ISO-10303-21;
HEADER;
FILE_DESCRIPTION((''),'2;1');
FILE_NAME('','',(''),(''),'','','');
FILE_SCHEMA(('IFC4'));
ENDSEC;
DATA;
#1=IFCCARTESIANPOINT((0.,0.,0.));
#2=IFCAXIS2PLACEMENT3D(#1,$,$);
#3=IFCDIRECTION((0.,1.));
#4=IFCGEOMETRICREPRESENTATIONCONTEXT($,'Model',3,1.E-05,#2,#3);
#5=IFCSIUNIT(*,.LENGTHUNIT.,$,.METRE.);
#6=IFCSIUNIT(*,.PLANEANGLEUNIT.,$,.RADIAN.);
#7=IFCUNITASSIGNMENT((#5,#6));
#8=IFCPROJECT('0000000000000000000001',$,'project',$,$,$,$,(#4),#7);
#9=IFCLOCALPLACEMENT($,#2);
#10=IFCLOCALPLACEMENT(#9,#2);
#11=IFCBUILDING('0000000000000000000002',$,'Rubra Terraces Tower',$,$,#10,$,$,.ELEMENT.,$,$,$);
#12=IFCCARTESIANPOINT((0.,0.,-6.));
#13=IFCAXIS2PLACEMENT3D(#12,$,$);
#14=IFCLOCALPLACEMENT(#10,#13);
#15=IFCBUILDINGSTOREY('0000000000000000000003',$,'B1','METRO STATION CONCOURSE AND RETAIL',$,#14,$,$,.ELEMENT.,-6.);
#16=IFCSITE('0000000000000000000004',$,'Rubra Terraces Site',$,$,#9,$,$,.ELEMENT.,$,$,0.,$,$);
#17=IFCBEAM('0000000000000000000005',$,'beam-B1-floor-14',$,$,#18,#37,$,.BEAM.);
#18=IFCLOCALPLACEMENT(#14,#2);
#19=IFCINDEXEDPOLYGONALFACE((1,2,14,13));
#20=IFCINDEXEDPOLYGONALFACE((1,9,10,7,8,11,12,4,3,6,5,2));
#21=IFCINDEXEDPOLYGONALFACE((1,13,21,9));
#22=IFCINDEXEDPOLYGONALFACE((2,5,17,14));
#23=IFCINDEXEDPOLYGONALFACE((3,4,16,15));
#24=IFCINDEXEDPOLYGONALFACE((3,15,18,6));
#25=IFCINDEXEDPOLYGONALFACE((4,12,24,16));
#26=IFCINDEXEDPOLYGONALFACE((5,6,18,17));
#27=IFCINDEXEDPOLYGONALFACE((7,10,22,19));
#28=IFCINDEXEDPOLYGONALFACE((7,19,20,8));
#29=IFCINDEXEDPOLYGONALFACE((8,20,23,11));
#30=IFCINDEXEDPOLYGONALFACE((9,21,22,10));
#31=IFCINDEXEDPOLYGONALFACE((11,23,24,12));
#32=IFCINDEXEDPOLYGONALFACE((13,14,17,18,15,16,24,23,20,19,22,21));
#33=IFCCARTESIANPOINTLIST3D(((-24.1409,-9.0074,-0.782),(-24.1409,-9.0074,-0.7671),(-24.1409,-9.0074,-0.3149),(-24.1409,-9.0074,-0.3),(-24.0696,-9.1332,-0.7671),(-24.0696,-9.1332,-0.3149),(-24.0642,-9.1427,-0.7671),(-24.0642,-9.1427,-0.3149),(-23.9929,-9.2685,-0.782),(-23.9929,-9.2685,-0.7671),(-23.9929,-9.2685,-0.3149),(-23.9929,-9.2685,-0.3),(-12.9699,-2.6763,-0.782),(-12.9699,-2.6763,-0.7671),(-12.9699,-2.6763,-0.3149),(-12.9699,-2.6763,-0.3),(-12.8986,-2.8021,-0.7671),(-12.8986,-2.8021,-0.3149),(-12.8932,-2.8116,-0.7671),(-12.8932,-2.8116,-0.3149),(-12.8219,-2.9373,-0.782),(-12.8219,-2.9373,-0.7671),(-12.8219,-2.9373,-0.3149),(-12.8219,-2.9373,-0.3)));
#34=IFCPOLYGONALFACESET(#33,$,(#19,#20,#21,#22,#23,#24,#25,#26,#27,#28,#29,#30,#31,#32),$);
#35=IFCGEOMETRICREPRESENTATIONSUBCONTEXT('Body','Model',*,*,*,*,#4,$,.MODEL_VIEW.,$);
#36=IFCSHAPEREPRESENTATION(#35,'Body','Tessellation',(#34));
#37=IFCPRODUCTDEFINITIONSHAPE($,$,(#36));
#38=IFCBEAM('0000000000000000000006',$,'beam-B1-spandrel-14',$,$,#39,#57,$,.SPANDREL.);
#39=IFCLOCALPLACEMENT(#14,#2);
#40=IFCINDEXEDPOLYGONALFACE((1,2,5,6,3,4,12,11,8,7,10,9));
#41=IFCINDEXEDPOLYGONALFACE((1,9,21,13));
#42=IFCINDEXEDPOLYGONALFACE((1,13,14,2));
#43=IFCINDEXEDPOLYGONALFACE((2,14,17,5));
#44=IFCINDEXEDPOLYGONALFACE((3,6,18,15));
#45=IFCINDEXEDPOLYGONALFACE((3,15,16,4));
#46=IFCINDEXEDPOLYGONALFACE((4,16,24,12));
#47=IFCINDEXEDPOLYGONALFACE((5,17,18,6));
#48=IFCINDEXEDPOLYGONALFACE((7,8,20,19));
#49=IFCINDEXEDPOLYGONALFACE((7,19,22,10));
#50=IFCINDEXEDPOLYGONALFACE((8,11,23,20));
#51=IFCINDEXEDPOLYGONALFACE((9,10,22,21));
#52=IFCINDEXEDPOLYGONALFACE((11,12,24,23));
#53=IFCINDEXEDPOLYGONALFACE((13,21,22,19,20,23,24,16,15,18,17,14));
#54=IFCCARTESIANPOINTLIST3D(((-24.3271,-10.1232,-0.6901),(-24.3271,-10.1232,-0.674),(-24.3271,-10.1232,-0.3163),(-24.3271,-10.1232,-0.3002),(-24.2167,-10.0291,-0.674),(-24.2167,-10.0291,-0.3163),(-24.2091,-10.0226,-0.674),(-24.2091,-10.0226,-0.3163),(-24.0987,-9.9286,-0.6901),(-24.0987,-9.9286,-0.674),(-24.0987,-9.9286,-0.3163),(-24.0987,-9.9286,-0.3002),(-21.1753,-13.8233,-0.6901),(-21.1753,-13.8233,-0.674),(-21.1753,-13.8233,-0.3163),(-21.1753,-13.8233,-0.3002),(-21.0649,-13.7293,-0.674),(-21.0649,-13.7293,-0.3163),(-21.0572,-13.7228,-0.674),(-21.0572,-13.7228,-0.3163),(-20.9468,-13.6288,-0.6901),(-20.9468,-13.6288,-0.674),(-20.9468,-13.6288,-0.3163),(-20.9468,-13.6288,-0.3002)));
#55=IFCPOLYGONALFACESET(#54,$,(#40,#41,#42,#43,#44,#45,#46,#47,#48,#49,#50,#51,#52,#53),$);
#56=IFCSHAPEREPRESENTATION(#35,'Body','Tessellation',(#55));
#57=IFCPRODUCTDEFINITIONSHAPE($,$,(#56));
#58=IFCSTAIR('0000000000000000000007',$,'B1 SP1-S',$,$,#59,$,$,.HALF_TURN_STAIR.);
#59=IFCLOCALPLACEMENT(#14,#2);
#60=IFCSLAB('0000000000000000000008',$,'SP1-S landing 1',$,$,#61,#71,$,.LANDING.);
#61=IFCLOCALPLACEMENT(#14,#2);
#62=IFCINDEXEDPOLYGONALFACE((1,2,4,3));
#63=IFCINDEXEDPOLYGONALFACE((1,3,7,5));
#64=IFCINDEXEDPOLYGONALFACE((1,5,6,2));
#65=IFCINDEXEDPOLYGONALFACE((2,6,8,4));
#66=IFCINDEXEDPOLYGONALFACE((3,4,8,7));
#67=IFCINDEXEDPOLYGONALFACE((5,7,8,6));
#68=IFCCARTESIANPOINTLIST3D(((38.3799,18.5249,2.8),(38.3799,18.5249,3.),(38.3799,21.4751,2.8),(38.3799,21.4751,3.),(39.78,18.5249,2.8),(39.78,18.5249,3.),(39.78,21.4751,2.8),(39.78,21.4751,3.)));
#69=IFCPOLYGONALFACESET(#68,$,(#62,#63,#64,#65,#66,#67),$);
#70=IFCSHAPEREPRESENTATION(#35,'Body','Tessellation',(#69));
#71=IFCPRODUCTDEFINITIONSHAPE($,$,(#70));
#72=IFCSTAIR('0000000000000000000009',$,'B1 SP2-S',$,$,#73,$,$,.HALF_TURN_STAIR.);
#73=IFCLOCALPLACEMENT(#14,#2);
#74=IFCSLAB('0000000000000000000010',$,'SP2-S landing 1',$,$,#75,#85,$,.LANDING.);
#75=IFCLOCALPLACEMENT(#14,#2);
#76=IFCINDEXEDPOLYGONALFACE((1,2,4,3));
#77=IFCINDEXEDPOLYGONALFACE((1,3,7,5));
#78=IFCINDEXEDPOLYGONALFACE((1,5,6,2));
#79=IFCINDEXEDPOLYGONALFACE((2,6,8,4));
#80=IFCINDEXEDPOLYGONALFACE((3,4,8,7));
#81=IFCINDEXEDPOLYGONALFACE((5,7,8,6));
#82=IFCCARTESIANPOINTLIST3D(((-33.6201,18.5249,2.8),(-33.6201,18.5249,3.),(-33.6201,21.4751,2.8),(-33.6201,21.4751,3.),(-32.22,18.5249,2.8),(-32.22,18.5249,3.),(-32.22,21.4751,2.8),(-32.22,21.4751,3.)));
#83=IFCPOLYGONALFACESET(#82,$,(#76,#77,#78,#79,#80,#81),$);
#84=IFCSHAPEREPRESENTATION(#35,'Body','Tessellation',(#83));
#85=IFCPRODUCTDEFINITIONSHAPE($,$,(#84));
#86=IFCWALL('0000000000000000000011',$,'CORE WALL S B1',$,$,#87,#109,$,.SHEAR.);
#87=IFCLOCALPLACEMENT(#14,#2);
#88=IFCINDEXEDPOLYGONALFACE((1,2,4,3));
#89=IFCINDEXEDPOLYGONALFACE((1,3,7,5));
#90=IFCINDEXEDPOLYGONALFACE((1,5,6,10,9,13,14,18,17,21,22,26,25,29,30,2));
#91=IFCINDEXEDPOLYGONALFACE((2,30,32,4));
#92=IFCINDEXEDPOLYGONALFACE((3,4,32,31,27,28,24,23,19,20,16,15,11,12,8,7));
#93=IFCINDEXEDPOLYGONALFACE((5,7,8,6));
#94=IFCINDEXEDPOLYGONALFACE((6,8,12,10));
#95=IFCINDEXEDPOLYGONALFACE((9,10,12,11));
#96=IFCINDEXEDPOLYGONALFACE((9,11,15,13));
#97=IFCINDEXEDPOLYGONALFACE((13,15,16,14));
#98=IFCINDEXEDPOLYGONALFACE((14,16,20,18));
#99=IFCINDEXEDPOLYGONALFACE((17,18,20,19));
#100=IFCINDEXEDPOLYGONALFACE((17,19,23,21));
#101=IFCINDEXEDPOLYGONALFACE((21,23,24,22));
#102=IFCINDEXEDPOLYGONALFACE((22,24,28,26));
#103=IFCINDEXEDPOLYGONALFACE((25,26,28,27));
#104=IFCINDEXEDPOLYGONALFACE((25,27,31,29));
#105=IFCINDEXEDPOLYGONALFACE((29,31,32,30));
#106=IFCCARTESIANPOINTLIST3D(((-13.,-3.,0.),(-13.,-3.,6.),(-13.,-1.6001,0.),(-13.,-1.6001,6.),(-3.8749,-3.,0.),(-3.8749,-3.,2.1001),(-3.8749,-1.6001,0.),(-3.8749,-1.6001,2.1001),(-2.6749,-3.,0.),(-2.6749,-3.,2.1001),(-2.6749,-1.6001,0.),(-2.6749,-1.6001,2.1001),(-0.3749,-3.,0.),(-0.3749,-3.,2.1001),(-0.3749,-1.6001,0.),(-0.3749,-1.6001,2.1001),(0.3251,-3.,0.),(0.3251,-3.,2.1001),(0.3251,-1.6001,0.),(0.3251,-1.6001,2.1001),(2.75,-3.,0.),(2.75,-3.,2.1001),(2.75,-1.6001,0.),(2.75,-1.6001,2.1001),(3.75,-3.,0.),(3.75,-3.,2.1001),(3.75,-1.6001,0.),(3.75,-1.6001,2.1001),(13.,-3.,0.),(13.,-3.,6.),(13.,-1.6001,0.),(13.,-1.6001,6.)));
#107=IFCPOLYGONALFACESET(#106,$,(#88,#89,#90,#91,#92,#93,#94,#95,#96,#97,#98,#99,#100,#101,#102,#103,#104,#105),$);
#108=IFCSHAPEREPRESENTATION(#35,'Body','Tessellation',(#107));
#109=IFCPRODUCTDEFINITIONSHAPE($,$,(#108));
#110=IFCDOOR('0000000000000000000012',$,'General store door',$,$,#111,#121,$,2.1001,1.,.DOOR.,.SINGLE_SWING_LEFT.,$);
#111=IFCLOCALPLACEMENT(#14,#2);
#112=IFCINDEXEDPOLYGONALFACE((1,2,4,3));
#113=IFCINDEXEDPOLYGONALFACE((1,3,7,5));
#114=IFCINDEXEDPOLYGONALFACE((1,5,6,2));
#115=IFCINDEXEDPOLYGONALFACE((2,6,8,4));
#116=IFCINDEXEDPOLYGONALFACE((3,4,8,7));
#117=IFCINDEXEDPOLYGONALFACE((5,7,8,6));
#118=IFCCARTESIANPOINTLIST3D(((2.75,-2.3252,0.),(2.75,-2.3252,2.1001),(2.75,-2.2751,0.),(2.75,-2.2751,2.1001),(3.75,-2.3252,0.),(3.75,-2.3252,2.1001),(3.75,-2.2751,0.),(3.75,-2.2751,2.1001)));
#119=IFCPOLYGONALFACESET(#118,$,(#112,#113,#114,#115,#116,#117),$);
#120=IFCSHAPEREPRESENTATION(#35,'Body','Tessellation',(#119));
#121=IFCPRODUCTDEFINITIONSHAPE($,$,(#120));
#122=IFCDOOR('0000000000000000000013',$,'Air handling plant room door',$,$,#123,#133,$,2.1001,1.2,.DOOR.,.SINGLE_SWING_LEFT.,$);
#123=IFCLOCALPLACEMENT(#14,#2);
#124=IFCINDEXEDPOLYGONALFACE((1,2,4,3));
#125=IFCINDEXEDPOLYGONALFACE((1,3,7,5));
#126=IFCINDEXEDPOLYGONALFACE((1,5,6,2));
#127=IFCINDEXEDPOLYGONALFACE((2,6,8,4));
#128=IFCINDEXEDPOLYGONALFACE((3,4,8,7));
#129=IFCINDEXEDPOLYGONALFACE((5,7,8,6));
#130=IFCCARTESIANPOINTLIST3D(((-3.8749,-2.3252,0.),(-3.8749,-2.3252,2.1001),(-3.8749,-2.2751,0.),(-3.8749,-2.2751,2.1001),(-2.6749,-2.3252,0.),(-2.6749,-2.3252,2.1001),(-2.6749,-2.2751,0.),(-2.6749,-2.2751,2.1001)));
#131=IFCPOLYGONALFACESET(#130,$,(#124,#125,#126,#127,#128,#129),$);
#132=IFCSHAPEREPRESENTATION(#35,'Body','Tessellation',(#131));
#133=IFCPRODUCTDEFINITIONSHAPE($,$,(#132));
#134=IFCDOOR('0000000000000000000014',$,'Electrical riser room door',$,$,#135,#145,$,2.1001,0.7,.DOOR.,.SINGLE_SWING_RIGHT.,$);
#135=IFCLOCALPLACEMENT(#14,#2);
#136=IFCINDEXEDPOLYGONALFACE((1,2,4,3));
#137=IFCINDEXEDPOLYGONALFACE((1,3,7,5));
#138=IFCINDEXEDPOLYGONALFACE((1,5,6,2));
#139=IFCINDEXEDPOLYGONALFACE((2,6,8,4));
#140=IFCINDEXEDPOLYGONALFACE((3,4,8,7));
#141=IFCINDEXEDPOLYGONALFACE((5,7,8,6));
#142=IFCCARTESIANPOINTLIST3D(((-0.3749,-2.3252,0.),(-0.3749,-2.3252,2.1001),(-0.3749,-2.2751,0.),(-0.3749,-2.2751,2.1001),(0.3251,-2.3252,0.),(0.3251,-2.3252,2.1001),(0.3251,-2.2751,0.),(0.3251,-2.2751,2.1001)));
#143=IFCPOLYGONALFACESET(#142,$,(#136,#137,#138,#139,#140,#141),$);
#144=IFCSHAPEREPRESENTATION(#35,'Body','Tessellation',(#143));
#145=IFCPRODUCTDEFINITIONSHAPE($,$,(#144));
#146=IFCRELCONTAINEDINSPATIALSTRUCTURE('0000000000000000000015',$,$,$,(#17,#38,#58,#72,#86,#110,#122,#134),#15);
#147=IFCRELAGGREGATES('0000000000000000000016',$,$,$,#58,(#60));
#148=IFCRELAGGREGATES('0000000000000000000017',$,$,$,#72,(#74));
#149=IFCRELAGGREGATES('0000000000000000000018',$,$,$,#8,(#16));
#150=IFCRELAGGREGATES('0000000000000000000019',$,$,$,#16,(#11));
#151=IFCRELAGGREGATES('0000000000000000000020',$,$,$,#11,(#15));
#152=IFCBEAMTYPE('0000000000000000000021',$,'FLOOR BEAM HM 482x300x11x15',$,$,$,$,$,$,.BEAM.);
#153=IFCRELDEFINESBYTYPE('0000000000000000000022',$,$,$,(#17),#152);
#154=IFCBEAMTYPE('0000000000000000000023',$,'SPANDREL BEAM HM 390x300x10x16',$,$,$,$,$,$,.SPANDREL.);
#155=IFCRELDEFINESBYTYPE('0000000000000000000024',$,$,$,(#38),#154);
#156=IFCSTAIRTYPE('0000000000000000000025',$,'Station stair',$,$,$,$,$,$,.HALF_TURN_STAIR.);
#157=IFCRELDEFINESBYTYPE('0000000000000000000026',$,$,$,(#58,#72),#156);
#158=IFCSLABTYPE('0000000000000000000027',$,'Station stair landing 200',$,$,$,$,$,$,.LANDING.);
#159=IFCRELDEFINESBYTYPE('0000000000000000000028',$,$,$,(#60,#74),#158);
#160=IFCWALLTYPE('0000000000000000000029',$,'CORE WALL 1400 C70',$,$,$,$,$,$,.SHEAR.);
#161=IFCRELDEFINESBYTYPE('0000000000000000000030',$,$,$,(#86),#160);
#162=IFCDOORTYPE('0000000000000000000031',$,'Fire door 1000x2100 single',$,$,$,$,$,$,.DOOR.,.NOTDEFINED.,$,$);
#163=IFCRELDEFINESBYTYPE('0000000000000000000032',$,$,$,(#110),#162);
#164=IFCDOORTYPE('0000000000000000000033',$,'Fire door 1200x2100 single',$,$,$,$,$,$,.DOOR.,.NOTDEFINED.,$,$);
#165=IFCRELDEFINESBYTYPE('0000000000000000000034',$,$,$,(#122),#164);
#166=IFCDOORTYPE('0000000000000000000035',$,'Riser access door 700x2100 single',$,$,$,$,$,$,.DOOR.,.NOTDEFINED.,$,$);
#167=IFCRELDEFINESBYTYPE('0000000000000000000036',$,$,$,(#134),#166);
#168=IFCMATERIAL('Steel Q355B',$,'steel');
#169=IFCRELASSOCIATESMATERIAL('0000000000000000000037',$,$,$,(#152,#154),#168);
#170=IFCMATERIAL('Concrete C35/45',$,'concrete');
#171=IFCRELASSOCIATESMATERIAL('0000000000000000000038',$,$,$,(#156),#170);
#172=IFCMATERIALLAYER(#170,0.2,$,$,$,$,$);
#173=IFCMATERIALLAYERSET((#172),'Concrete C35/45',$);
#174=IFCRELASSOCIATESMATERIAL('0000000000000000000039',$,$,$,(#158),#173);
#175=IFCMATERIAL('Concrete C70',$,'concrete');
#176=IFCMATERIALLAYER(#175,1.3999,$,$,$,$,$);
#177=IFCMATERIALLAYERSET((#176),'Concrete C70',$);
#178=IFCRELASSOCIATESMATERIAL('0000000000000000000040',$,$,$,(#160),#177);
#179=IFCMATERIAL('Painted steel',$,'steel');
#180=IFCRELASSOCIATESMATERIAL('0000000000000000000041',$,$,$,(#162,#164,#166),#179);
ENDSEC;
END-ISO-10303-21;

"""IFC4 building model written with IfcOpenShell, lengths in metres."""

from ifc_helpers import new_model, si_unit, direction, frame, frame_2d, origin, origin_2d, place, context, subcontext, project, spatial, polyline, rectangle, i_section, outline, extrude, material, layer, layer_set, material_profile, profile_set, type_object, element, fill, aggregate, save


model = new_model("IFC4")

# Units and contexts
model_context = context("Model", 3, precision=1e-05, world=origin(), true_north=direction((0.0, 1.0)))
body_context = subcontext(model_context, "Body", "Model", "MODEL_VIEW")
ifc_project = project(units=[si_unit("LENGTHUNIT", "METRE"), si_unit("PLANEANGLEUNIT", "RADIAN")], contexts=[model_context])

# Site, building, storey
site_placement = place(None, origin())
site = spatial("IfcSite", under=ifc_project, at=site_placement, Name="Rubra Terraces Site", CompositionType="ELEMENT", RefElevation=0.0)
building_placement = place(site_placement, origin())
building = spatial("IfcBuilding", under=site, at=building_placement, Name="Rubra Terraces Tower", CompositionType="ELEMENT")
storey_placement = place(building_placement, frame((0.0, 0.0, -6.0)))
storey = spatial("IfcBuildingStorey", under=building, at=storey_placement, Name="B1", Description="METRO STATION CONCOURSE AND RETAIL", CompositionType="ELEMENT", Elevation=-6.0)

# Beams
ifc_material_1 = material(Name="Steel Q355B", Category="steel")
ifc_material_profile_1 = material_profile(ifc_material_1, i_section(OverallWidth=0.3, OverallDepth=0.4819, WebThickness=0.011, FlangeThickness=0.0149, at=origin_2d()), Name="HM 482x300x11x15")
ifc_profile_set_1 = profile_set([ifc_material_profile_1], Name="Steel Q355B")
beam_type_1 = type_object("IfcBeamType", Name="FLOOR BEAM HM 482x300x11x15", PredefinedType="BEAM", material=ifc_profile_set_1)
beam_1_placement = place(storey_placement, frame((-24.0669, -9.1379, -0.541), z_axis=(0.869993, 0.493064, 0.0), x_axis=(-0.493064, 0.869993, 0.0)))
element("IfcBeam", 1, at=beam_1_placement, inside=storey, type_object=beam_type_1, Name="beam-B1-floor-14", PredefinedType="BEAM", context=body_context, shape_type="SweptSolid", body=[
    extrude(i_section(OverallWidth=0.3, OverallDepth=0.4819, WebThickness=0.011, FlangeThickness=0.0149, at=origin_2d()), origin(), (0.0, 0.0, 1.0), 12.8403),
])
ifc_material_profile_2 = material_profile(ifc_material_1, i_section(OverallWidth=0.3, OverallDepth=0.3899, WebThickness=0.01, FlangeThickness=0.0161, at=origin_2d()), Name="HM 390x300x10x16")
ifc_profile_set_2 = profile_set([ifc_material_profile_2], Name="Steel Q355B")
beam_type_2 = type_object("IfcBeamType", Name="SPANDREL BEAM HM 390x300x10x16", PredefinedType="SPANDREL", material=ifc_profile_set_2)
beam_2_placement = place(storey_placement, frame((-24.2129, -10.0259, -0.4951), z_axis=(0.648447, -0.76126, 0.0), x_axis=(0.76126, 0.648447, 0.0)))
element("IfcBeam", 2, at=beam_2_placement, inside=storey, type_object=beam_type_2, Name="beam-B1-spandrel-14", PredefinedType="SPANDREL", context=body_context, shape_type="SweptSolid", body=[
    extrude(i_section(OverallWidth=0.3, OverallDepth=0.3899, WebThickness=0.01, FlangeThickness=0.0161, at=origin_2d()), origin(), (0.0, 0.0, 1.0), 4.8606),
])

# Stairs, slabs
ifc_material_2 = material(Name="Concrete C35/45", Category="concrete")
stair_type_1 = type_object("IfcStairType", Name="Station stair", PredefinedType="HALF_TURN_STAIR", material=ifc_material_2)
stair_1_placement = place(storey_placement, origin())
stair_1 = element("IfcStair", 3, at=stair_1_placement, inside=storey, type_object=stair_type_1, Name="B1 SP1-S", PredefinedType="HALF_TURN_STAIR")
ifc_layer_1 = layer(ifc_material_2, 0.2)
ifc_layer_set_1 = layer_set([ifc_layer_1], Name="Concrete C35/45")
slab_type_1 = type_object("IfcSlabType", Name="Station stair landing 200", PredefinedType="LANDING", material=ifc_layer_set_1)
slab_1_placement = place(storey_placement, frame((0.0, 0.0, 2.8)))
slab_1 = element("IfcSlab", 4, at=slab_1_placement, type_object=slab_type_1, Name="SP1-S landing 1", PredefinedType="LANDING", context=body_context, shape_type="SweptSolid", body=[
    extrude(outline(polyline([(38.3799, 18.5249), (39.78, 18.5249), (39.78, 21.4751), (38.3799, 21.4751), (38.3799, 18.5249)])), origin(), (0.0, 0.0, 1.0), 0.2),
])
aggregate(stair_1, [slab_1])
stair_2_placement = place(storey_placement, origin())
stair_2 = element("IfcStair", 5, at=stair_2_placement, inside=storey, type_object=stair_type_1, Name="B1 SP2-S", PredefinedType="HALF_TURN_STAIR")
slab_2_placement = place(storey_placement, frame((0.0, 0.0, 2.8)))
slab_2 = element("IfcSlab", 6, at=slab_2_placement, type_object=slab_type_1, Name="SP2-S landing 1", PredefinedType="LANDING", context=body_context, shape_type="SweptSolid", body=[
    extrude(outline(polyline([(-33.6201, 18.5249), (-32.22, 18.5249), (-32.22, 21.4751), (-33.6201, 21.4751), (-33.6201, 18.5249)])), origin(), (0.0, 0.0, 1.0), 0.2),
])
aggregate(stair_2, [slab_2])

# Wall, openings, doors
ifc_material_3 = material(Name="Concrete C70", Category="concrete")
ifc_layer_2 = layer(ifc_material_3, 1.3999)
ifc_layer_set_2 = layer_set([ifc_layer_2], Name="Concrete C70")
wall_type_1 = type_object("IfcWallType", Name="CORE WALL 1400 C70", PredefinedType="SHEAR", material=ifc_layer_set_2)
wall_1_placement = place(storey_placement, frame((-13.0, -2.3, 0.0), z_axis=(0.0, 0.0, 1.0), x_axis=(1.0, 0.0, 0.0)))
wall_1 = element("IfcWall", 7, at=wall_1_placement, inside=storey, type_object=wall_type_1, Name="CORE WALL S B1", PredefinedType="SHEAR", context=body_context, shape_type="SweptSolid", body=[
    extrude(rectangle(XDim=26.0, YDim=1.3999, at=frame_2d((13.0, 0.0))), origin(), (0.0, 0.0, 1.0), 6.0),
])
opening_1_placement = place(wall_1_placement, frame((9.125, 0.0, 0.0)))
opening_1 = element("IfcOpeningElement", 8, at=opening_1_placement, cuts=wall_1, PredefinedType="OPENING", context=body_context, shape_type="SweptSolid", body=[
    extrude(rectangle(XDim=1.2, YDim=2.1001, at=frame_2d((0.6001, 1.05))), frame((0.0, 0.71, 0.0), z_axis=(0.0, -1.0, 0.0), x_axis=(1.0, 0.0, 0.0)), (0.0, 0.0, 1.0), 1.4199),
])
opening_2_placement = place(wall_1_placement, frame((12.625, 0.0, 0.0)))
opening_2 = element("IfcOpeningElement", 9, at=opening_2_placement, cuts=wall_1, PredefinedType="OPENING", context=body_context, shape_type="SweptSolid", body=[
    extrude(rectangle(XDim=0.7, YDim=2.1001, at=frame_2d((0.3501, 1.05))), frame((0.0, 0.71, 0.0), z_axis=(0.0, -1.0, 0.0), x_axis=(1.0, 0.0, 0.0)), (0.0, 0.0, 1.0), 1.4199),
])
opening_3_placement = place(wall_1_placement, frame((15.75, 0.0, 0.0)))
opening_3 = element("IfcOpeningElement", 10, at=opening_3_placement, cuts=wall_1, PredefinedType="OPENING", context=body_context, shape_type="SweptSolid", body=[
    extrude(rectangle(XDim=1.0, YDim=2.1001, at=frame_2d((0.5, 1.05))), frame((0.0, 0.71, 0.0), z_axis=(0.0, -1.0, 0.0), x_axis=(1.0, 0.0, 0.0)), (0.0, 0.0, 1.0), 1.4199),
])
ifc_material_4 = material(Name="Painted steel", Category="steel")
door_type_1 = type_object("IfcDoorType", Name="Fire door 1000x2100 single", OperationType="NOTDEFINED", PredefinedType="DOOR", material=ifc_material_4)
door_1_placement = place(opening_3_placement, origin())
door_1 = element("IfcDoor", 11, at=door_1_placement, inside=storey, type_object=door_type_1, Name="General store door", OperationType="SINGLE_SWING_LEFT", OverallHeight=2.1001, OverallWidth=1.0, PredefinedType="DOOR", context=body_context, shape_type="SweptSolid", body=[
    extrude(rectangle(XDim=1.0, YDim=2.1001, at=frame_2d((0.5, 1.05))), frame((0.0, 0.0249, 0.0), z_axis=(0.0, -1.0, 0.0), x_axis=(1.0, 0.0, 0.0)), (0.0, 0.0, 1.0), 0.05),
])
fill(opening_3, door_1)
door_type_2 = type_object("IfcDoorType", Name="Fire door 1200x2100 single", OperationType="NOTDEFINED", PredefinedType="DOOR", material=ifc_material_4)
door_2_placement = place(opening_1_placement, origin())
door_2 = element("IfcDoor", 12, at=door_2_placement, inside=storey, type_object=door_type_2, Name="Air handling plant room door", OperationType="SINGLE_SWING_LEFT", OverallHeight=2.1001, OverallWidth=1.2, PredefinedType="DOOR", context=body_context, shape_type="SweptSolid", body=[
    extrude(rectangle(XDim=1.2, YDim=2.1001, at=frame_2d((0.6001, 1.05))), frame((0.0, 0.0249, 0.0), z_axis=(0.0, -1.0, 0.0), x_axis=(1.0, 0.0, 0.0)), (0.0, 0.0, 1.0), 0.05),
])
fill(opening_1, door_2)
door_type_3 = type_object("IfcDoorType", Name="Riser access door 700x2100 single", OperationType="NOTDEFINED", PredefinedType="DOOR", material=ifc_material_4)
door_3_placement = place(opening_2_placement, origin())
door_3 = element("IfcDoor", 13, at=door_3_placement, inside=storey, type_object=door_type_3, Name="Electrical riser room door", OperationType="SINGLE_SWING_RIGHT", OverallHeight=2.1001, OverallWidth=0.7, PredefinedType="DOOR", context=body_context, shape_type="SweptSolid", body=[
    extrude(rectangle(XDim=0.7, YDim=2.1001, at=frame_2d((0.3501, 1.05))), frame((0.0, 0.0249, 0.0), z_axis=(0.0, -1.0, 0.0), x_axis=(1.0, 0.0, 0.0)), (0.0, 0.0, 1.0), 0.05),
])
fill(opening_2, door_3)

save(model, "model.ifc")
